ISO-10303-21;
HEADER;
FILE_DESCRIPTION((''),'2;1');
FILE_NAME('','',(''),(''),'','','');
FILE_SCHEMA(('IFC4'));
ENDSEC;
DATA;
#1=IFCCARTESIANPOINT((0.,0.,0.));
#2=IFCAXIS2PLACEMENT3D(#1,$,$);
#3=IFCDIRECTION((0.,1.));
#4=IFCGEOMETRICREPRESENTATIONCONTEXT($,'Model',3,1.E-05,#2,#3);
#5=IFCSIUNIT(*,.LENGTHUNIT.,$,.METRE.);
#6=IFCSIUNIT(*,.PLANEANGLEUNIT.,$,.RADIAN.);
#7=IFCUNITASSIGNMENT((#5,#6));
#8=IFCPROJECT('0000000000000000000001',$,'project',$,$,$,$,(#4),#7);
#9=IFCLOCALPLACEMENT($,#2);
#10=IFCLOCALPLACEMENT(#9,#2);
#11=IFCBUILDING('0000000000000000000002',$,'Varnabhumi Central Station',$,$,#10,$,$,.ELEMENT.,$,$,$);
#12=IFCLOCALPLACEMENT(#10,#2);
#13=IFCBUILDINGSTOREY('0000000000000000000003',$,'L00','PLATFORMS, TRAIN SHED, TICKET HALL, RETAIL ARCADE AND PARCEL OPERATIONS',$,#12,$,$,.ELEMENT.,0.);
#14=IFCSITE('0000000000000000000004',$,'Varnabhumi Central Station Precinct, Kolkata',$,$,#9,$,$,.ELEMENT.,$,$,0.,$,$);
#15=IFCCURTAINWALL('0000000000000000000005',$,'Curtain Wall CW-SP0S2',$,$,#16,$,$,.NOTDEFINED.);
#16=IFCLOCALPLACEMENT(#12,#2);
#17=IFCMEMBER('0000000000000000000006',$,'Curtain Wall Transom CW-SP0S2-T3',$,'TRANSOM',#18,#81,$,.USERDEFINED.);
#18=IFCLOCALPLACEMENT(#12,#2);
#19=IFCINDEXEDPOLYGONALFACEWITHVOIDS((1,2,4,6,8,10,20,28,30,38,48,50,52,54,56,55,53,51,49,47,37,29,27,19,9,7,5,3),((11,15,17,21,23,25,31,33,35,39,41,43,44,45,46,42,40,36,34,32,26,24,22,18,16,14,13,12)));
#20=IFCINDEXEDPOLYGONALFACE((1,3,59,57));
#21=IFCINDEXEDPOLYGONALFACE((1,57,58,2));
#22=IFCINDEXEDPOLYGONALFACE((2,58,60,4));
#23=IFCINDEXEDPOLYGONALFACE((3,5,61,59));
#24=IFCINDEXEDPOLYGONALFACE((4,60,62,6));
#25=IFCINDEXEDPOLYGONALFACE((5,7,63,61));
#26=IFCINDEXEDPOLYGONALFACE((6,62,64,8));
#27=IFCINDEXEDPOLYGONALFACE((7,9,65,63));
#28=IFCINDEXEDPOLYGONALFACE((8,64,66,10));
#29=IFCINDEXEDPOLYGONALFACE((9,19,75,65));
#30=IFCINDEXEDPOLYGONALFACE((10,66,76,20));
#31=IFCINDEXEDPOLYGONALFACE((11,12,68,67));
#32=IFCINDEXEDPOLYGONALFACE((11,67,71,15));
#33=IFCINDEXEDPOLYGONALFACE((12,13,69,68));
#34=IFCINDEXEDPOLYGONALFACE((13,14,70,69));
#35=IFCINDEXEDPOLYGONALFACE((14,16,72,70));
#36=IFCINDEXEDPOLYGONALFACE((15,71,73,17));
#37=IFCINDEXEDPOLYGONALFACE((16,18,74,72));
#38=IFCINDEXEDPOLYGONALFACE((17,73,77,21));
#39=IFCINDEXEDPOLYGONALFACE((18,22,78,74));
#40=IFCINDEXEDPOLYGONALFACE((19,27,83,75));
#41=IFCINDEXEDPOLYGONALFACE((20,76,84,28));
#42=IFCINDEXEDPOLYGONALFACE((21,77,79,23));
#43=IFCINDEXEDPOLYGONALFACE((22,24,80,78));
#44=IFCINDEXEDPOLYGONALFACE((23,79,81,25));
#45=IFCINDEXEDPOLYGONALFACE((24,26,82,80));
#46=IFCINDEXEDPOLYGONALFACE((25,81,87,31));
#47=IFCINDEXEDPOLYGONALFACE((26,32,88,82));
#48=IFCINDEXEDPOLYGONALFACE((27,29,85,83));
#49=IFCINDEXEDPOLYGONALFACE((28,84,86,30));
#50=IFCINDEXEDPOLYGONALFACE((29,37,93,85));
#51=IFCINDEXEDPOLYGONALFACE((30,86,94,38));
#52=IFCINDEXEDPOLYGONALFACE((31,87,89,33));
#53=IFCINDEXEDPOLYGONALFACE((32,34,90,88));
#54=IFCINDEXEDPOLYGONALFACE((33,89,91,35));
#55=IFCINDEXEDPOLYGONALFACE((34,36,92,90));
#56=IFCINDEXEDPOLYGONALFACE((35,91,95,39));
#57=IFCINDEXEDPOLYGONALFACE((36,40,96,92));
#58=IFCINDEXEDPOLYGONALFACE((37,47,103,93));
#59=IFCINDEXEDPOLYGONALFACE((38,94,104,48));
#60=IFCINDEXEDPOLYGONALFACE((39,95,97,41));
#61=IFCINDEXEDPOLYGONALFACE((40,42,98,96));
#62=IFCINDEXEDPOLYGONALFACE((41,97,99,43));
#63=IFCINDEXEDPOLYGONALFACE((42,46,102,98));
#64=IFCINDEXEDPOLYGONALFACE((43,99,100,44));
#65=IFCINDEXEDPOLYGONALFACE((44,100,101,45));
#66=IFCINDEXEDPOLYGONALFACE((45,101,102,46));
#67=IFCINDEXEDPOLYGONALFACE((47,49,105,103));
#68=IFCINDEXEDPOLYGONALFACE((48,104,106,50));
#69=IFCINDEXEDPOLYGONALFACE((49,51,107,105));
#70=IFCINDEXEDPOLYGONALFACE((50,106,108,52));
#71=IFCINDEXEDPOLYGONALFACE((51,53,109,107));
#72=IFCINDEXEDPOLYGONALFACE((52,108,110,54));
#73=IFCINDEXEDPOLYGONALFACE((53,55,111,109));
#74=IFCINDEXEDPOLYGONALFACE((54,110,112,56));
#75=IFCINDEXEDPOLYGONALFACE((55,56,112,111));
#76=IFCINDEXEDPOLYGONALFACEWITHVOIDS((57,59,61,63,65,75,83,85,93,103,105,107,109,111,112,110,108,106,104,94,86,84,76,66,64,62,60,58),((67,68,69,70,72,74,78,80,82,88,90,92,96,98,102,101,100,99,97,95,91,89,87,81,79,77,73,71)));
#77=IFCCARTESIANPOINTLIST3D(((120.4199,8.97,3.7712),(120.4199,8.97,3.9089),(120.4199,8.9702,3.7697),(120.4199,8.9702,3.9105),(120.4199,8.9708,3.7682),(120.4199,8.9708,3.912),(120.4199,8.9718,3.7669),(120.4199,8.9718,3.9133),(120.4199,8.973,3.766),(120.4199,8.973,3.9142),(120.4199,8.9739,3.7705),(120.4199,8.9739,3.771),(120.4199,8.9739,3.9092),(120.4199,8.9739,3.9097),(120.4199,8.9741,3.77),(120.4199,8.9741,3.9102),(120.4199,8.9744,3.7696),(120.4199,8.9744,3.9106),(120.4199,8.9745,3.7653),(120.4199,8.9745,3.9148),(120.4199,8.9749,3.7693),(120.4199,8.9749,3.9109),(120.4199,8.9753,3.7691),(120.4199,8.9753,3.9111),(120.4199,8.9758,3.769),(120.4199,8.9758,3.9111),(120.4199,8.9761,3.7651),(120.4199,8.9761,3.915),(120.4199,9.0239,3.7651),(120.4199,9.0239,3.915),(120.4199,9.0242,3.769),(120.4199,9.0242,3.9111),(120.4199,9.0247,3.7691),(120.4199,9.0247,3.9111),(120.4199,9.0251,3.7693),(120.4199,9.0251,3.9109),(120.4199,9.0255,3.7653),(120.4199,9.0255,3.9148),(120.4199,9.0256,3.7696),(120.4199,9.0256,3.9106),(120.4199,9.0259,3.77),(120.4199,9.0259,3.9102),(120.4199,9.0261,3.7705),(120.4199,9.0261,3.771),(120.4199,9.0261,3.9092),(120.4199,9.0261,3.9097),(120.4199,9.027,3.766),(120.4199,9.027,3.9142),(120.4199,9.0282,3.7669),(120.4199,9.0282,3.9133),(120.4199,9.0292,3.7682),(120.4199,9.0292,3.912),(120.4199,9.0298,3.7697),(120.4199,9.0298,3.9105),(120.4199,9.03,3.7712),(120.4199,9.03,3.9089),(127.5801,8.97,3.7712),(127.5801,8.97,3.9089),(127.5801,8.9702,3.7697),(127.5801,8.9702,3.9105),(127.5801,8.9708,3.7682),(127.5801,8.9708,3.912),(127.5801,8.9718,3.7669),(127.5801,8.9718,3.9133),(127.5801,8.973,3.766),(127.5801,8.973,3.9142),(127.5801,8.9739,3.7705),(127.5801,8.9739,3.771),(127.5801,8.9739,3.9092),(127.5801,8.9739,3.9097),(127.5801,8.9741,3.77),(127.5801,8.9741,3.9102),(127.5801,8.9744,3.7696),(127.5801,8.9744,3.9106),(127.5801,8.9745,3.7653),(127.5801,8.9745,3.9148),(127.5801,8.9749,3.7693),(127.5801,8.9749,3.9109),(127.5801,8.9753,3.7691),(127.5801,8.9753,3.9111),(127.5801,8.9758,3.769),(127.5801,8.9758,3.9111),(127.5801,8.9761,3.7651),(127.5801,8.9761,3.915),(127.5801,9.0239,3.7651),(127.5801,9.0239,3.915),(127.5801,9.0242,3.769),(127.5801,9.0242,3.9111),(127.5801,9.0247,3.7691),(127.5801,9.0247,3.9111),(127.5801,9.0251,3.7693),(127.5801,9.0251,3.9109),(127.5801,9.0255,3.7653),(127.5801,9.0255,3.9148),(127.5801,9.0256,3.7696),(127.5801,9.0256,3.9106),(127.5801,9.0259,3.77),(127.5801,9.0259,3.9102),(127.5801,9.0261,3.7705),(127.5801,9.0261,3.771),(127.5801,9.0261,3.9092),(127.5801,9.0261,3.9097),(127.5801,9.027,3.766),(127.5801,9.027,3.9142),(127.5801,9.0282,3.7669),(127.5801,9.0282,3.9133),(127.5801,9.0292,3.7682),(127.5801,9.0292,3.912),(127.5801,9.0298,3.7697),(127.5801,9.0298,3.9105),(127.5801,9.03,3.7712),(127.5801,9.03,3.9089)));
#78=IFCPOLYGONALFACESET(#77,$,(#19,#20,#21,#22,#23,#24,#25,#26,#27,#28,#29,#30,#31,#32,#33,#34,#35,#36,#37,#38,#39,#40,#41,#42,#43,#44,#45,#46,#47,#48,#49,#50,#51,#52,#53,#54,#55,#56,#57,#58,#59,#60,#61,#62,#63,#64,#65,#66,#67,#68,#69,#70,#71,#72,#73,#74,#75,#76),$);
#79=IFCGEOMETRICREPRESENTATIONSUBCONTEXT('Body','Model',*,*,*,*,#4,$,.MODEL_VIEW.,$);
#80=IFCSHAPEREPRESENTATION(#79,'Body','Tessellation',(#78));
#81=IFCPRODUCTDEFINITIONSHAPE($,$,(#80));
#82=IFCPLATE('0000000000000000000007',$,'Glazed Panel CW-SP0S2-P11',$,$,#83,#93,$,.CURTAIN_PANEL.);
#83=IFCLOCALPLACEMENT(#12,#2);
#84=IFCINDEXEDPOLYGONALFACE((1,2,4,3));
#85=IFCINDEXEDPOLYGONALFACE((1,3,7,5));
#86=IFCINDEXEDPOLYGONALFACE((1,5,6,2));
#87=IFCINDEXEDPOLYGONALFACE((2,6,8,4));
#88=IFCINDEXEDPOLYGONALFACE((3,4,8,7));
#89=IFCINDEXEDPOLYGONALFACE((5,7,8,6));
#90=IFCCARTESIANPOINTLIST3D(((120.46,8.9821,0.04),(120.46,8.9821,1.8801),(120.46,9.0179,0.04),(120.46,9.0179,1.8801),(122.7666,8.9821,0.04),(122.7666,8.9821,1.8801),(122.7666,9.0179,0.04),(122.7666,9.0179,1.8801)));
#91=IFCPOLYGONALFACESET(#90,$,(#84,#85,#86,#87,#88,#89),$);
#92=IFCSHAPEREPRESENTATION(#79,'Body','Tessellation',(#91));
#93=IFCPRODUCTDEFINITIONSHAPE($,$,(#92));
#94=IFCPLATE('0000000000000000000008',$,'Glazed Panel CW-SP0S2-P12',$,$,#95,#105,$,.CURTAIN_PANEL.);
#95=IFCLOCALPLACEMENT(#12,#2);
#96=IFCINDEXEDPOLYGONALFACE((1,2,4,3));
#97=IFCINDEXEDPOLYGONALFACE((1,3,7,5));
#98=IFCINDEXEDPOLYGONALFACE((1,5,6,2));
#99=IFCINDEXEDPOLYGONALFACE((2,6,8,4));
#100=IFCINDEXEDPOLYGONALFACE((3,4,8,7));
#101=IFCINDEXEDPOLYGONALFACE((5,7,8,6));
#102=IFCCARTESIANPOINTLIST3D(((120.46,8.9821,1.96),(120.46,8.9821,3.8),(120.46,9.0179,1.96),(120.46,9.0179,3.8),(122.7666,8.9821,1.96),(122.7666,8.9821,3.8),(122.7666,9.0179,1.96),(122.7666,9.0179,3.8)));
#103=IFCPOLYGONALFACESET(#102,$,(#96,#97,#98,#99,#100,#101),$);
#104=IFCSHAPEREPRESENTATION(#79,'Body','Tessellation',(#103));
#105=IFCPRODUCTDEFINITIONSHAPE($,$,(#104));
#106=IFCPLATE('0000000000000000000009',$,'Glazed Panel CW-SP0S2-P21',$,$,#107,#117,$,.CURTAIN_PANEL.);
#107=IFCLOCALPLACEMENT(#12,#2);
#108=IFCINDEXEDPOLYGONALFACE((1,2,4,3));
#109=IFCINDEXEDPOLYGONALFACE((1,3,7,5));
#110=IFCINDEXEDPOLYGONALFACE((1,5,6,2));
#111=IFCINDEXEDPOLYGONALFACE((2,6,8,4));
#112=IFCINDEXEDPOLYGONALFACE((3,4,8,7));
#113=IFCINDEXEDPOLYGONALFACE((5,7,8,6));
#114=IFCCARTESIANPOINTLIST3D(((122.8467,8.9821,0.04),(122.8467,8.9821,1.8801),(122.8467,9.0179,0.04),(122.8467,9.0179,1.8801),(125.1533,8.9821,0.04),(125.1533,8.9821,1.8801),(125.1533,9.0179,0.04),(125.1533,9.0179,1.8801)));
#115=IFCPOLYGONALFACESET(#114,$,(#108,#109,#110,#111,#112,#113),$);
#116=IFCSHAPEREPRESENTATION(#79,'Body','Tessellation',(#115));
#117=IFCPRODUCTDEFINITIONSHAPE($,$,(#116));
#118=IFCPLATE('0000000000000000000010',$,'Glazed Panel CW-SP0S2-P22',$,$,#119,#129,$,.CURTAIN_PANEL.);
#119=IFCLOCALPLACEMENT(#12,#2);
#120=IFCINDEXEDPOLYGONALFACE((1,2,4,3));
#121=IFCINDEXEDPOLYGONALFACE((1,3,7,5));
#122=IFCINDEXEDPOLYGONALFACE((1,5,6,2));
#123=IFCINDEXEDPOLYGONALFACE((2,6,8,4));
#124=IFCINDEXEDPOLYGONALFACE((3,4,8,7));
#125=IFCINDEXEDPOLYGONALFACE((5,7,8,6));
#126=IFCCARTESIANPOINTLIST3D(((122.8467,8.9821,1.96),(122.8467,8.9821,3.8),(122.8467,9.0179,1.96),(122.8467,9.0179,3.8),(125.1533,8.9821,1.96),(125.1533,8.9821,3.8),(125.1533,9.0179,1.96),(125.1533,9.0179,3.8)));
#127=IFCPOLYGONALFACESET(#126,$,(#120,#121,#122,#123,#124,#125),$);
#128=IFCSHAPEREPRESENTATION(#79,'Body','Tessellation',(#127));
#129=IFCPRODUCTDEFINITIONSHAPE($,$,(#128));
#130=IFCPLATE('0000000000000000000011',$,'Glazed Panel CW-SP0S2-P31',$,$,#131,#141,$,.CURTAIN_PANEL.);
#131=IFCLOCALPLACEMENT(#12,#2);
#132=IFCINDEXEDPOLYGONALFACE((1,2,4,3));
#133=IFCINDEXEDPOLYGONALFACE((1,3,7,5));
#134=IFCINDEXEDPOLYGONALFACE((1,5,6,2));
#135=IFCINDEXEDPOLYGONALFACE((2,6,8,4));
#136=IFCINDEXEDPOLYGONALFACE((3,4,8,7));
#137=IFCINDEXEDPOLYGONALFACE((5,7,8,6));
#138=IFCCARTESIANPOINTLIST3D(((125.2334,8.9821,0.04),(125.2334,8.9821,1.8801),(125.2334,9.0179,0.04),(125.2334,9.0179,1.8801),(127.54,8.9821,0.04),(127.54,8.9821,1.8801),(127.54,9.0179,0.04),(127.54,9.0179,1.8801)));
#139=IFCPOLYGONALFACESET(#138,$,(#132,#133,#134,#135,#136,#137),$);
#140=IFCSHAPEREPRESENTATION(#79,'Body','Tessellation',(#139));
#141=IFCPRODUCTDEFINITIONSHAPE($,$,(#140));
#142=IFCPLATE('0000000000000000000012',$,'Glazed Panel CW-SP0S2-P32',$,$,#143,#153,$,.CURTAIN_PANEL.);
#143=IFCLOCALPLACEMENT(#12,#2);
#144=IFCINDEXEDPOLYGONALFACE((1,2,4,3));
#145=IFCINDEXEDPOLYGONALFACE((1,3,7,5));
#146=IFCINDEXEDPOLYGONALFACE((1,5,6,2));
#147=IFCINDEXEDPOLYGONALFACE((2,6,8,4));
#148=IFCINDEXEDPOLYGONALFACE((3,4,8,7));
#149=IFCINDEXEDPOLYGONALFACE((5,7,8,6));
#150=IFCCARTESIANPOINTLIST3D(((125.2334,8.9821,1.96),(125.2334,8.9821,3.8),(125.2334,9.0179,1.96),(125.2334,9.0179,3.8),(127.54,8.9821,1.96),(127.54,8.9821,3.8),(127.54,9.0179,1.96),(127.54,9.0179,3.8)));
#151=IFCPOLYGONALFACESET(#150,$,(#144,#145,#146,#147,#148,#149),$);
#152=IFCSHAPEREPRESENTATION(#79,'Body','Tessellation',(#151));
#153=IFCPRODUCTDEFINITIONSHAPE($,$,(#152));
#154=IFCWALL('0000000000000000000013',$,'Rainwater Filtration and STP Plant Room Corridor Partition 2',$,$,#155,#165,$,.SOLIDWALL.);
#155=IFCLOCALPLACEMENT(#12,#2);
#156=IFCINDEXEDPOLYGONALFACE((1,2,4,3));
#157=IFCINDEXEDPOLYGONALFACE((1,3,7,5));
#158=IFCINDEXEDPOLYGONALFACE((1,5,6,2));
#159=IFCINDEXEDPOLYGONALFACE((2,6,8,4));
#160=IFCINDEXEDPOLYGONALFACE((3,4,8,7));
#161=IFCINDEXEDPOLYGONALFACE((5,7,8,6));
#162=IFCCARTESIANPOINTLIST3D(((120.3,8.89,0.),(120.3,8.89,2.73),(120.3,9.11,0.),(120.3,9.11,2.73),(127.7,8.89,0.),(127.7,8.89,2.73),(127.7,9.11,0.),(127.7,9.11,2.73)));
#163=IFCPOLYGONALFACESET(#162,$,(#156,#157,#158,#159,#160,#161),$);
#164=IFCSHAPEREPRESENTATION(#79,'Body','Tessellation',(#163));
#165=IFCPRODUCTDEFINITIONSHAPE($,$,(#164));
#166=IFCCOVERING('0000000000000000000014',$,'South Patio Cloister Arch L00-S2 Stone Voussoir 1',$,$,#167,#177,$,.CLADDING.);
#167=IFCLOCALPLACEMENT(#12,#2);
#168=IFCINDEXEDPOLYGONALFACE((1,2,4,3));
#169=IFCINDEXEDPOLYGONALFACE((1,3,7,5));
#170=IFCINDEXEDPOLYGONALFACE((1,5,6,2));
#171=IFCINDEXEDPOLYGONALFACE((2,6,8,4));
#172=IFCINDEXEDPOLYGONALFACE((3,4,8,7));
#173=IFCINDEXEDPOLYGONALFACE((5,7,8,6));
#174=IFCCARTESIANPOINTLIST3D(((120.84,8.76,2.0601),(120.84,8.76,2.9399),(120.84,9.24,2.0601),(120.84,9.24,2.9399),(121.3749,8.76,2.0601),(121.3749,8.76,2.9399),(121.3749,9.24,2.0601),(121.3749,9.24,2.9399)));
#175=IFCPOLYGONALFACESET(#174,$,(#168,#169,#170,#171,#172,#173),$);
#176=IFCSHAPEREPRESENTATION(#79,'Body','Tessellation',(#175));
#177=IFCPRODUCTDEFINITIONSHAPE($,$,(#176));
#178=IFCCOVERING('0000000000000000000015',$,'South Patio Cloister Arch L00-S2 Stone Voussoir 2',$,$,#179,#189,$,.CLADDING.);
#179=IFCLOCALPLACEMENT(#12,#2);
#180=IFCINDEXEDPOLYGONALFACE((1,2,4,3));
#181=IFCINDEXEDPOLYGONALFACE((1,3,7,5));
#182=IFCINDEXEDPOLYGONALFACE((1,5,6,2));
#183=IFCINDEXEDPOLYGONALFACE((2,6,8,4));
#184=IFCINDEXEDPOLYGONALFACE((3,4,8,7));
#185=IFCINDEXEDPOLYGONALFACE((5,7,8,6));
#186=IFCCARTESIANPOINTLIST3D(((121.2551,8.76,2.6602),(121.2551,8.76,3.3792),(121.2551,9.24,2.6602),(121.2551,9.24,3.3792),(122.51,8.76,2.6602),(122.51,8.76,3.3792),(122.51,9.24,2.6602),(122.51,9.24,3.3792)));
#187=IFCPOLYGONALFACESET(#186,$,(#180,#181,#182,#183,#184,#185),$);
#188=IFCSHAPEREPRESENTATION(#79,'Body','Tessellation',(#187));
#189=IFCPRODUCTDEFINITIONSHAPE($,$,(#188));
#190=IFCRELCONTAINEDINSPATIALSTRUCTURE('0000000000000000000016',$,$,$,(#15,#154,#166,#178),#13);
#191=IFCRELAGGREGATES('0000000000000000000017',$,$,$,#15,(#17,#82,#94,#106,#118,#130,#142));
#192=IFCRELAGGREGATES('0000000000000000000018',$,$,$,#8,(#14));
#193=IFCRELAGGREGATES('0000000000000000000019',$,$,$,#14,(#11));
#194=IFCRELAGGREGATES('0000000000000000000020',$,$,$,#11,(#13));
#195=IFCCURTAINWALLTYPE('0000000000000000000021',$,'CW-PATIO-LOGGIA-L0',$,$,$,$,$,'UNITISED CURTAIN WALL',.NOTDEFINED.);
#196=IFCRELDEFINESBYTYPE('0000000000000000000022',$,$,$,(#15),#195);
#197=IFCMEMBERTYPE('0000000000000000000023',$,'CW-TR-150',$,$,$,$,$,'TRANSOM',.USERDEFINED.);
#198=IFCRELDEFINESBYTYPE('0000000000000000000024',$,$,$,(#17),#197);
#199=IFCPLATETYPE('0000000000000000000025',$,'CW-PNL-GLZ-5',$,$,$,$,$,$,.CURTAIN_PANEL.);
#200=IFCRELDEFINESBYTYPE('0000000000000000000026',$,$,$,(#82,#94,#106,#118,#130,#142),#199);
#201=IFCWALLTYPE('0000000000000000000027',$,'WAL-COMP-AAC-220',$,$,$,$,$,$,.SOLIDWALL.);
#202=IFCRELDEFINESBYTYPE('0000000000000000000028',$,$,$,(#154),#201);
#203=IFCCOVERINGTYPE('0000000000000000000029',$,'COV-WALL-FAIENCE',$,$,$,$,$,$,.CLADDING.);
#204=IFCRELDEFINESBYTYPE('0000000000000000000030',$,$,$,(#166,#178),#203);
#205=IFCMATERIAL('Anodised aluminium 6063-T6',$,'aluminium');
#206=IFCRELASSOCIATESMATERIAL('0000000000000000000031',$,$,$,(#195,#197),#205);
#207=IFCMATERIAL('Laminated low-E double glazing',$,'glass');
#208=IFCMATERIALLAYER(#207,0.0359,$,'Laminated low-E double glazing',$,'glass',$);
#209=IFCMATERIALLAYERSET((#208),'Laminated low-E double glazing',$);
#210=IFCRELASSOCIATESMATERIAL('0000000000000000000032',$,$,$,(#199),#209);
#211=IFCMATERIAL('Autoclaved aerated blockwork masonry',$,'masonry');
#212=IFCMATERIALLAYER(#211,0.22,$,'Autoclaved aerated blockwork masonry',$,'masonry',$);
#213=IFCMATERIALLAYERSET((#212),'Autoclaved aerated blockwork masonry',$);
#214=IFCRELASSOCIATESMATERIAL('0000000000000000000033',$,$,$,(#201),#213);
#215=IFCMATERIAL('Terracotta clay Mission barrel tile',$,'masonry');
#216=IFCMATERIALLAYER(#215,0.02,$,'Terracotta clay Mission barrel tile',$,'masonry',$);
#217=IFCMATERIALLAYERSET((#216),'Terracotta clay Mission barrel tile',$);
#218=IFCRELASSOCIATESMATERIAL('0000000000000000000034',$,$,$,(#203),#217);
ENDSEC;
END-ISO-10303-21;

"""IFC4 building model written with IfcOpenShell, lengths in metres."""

from ifc_helpers import new_model, si_unit, direction, frame, frame_2d, origin, origin_2d, place, context, subcontext, project, spatial, rectangle, hollow_rectangle, extrude, material, layer, layer_set, material_profile, profile_set, type_object, element, aggregate, save


model = new_model("IFC4")

# Units and contexts
model_context = context("Model", 3, precision=1e-05, world=origin(), true_north=direction((0.0, 1.0)))
body_context = subcontext(model_context, "Body", "Model", "MODEL_VIEW")
ifc_project = project(units=[si_unit("LENGTHUNIT", "METRE"), si_unit("PLANEANGLEUNIT", "RADIAN")], contexts=[model_context])

# Site, building, storey
site_placement = place(None, origin())
site = spatial("IfcSite", under=ifc_project, at=site_placement, Name="Varnabhumi Central Station Precinct, Kolkata", CompositionType="ELEMENT", RefElevation=0.0)
building_placement = place(site_placement, origin())
building = spatial("IfcBuilding", under=site, at=building_placement, Name="Varnabhumi Central Station", CompositionType="ELEMENT")
storey_placement = place(building_placement, origin())
storey = spatial("IfcBuildingStorey", under=building, at=storey_placement, Name="L00", Description="PLATFORMS, TRAIN SHED, TICKET HALL, RETAIL ARCADE AND PARCEL OPERATIONS", CompositionType="ELEMENT", Elevation=0.0)

# Curtain wall, member, plates
ifc_material_1 = material(Name="Anodised aluminium 6063-T6", Category="aluminium")
curtain_wall_type = type_object("IfcCurtainWallType", Name="CW-PATIO-LOGGIA-L0", ElementType="UNITISED CURTAIN WALL", PredefinedType="NOTDEFINED", material=ifc_material_1)
curtain_wall_placement = place(storey_placement, origin())
curtain_wall = element("IfcCurtainWall", 1, at=curtain_wall_placement, inside=storey, type_object=curtain_wall_type, Name="Curtain Wall CW-SP0S2", PredefinedType="NOTDEFINED")
ifc_material_profile_1 = material_profile(ifc_material_1, hollow_rectangle(XDim=0.0601, YDim=0.1499, WallThickness=0.0039, InnerFilletRadius=0.002, OuterFilletRadius=0.0061, at=origin_2d()), Name="Anodised aluminium 6063-T6", Category="aluminium")
ifc_profile_set_1 = profile_set([ifc_material_profile_1], Name="Anodised aluminium 6063-T6")
member_type_1 = type_object("IfcMemberType", Name="CW-TR-150", ElementType="TRANSOM", PredefinedType="USERDEFINED", material=ifc_profile_set_1)
member_1_placement = place(storey_placement, frame((120.4199, 9.0, 3.8401), z_axis=(1.0, 0.0, 0.0), x_axis=(0.0, 1.0, 0.0)))
member_1 = element("IfcMember", 2, at=member_1_placement, type_object=member_type_1, Name="Curtain Wall Transom CW-SP0S2-T3", ObjectType="TRANSOM", PredefinedType="USERDEFINED", context=body_context, shape_type="SweptSolid", body=[
    extrude(hollow_rectangle(XDim=0.0601, YDim=0.1499, WallThickness=0.0039, InnerFilletRadius=0.002, OuterFilletRadius=0.0061, at=origin_2d()), origin(), (0.0, 0.0, 1.0), 7.1602),
])
ifc_material_2 = material(Name="Laminated low-E double glazing", Category="glass")
ifc_layer_1 = layer(ifc_material_2, 0.0359, Name="Laminated low-E double glazing", Category="glass")
ifc_layer_set_1 = layer_set([ifc_layer_1], Name="Laminated low-E double glazing")
plate_type = type_object("IfcPlateType", Name="CW-PNL-GLZ-5", PredefinedType="CURTAIN_PANEL", material=ifc_layer_set_1)
plate_1_placement = place(storey_placement, frame((121.6133, 9.0, 0.04), z_axis=(0.0, 0.0, 1.0), x_axis=(1.0, 0.0, 0.0)))
plate_1 = element("IfcPlate", 3, at=plate_1_placement, type_object=plate_type, Name="Glazed Panel CW-SP0S2-P11", PredefinedType="CURTAIN_PANEL", context=body_context, shape_type="SweptSolid", body=[
    extrude(rectangle(XDim=2.3066, YDim=0.0359, at=origin_2d()), origin(), (0.0, 0.0, 1.0), 1.8401),
])
plate_2_placement = place(storey_placement, frame((121.6133, 9.0, 1.96), z_axis=(0.0, 0.0, 1.0), x_axis=(1.0, 0.0, 0.0)))
plate_2 = element("IfcPlate", 4, at=plate_2_placement, type_object=plate_type, Name="Glazed Panel CW-SP0S2-P12", PredefinedType="CURTAIN_PANEL", context=body_context, shape_type="SweptSolid", body=[
    extrude(rectangle(XDim=2.3066, YDim=0.0359, at=origin_2d()), origin(), (0.0, 0.0, 1.0), 1.8401),
])
plate_3_placement = place(storey_placement, frame((124.0, 9.0, 0.04), z_axis=(0.0, 0.0, 1.0), x_axis=(1.0, 0.0, 0.0)))
plate_3 = element("IfcPlate", 5, at=plate_3_placement, type_object=plate_type, Name="Glazed Panel CW-SP0S2-P21", PredefinedType="CURTAIN_PANEL", context=body_context, shape_type="SweptSolid", body=[
    extrude(rectangle(XDim=2.3066, YDim=0.0359, at=origin_2d()), origin(), (0.0, 0.0, 1.0), 1.8401),
])
plate_4_placement = place(storey_placement, frame((124.0, 9.0, 1.96), z_axis=(0.0, 0.0, 1.0), x_axis=(1.0, 0.0, 0.0)))
plate_4 = element("IfcPlate", 6, at=plate_4_placement, type_object=plate_type, Name="Glazed Panel CW-SP0S2-P22", PredefinedType="CURTAIN_PANEL", context=body_context, shape_type="SweptSolid", body=[
    extrude(rectangle(XDim=2.3066, YDim=0.0359, at=origin_2d()), origin(), (0.0, 0.0, 1.0), 1.8401),
])
plate_5_placement = place(storey_placement, frame((126.3867, 9.0, 0.04), z_axis=(0.0, 0.0, 1.0), x_axis=(1.0, 0.0, 0.0)))
plate_5 = element("IfcPlate", 7, at=plate_5_placement, type_object=plate_type, Name="Glazed Panel CW-SP0S2-P31", PredefinedType="CURTAIN_PANEL", context=body_context, shape_type="SweptSolid", body=[
    extrude(rectangle(XDim=2.3066, YDim=0.0359, at=origin_2d()), origin(), (0.0, 0.0, 1.0), 1.8401),
])
plate_6_placement = place(storey_placement, frame((126.3867, 9.0, 1.96), z_axis=(0.0, 0.0, 1.0), x_axis=(1.0, 0.0, 0.0)))
plate_6 = element("IfcPlate", 8, at=plate_6_placement, type_object=plate_type, Name="Glazed Panel CW-SP0S2-P32", PredefinedType="CURTAIN_PANEL", context=body_context, shape_type="SweptSolid", body=[
    extrude(rectangle(XDim=2.3066, YDim=0.0359, at=origin_2d()), origin(), (0.0, 0.0, 1.0), 1.8401),
])
aggregate(curtain_wall, [member_1, plate_1, plate_2, plate_3, plate_4, plate_5, plate_6])

# Wall
ifc_material_3 = material(Name="Autoclaved aerated blockwork masonry", Category="masonry")
ifc_layer_2 = layer(ifc_material_3, 0.22, Name="Autoclaved aerated blockwork masonry", Category="masonry")
ifc_layer_set_2 = layer_set([ifc_layer_2], Name="Autoclaved aerated blockwork masonry")
wall_type = type_object("IfcWallType", Name="WAL-COMP-AAC-220", PredefinedType="SOLIDWALL", material=ifc_layer_set_2)
wall_placement = place(storey_placement, frame((120.3, 9.0, 0.0), z_axis=(0.0, 0.0, 1.0), x_axis=(1.0, 0.0, 0.0)))
element("IfcWall", 9, at=wall_placement, inside=storey, type_object=wall_type, Name="Rainwater Filtration and STP Plant Room Corridor Partition 2", PredefinedType="SOLIDWALL", context=body_context, shape_type="SweptSolid", body=[
    extrude(rectangle(XDim=7.3999, YDim=0.22, at=frame_2d((3.7, 0.0))), origin(), (0.0, 0.0, 1.0), 2.73),
])

# Coverings
ifc_material_4 = material(Name="Terracotta clay Mission barrel tile", Category="masonry")
ifc_layer_3 = layer(ifc_material_4, 0.02, Name="Terracotta clay Mission barrel tile", Category="masonry")
ifc_layer_set_3 = layer_set([ifc_layer_3], Name="Terracotta clay Mission barrel tile")
covering_type = type_object("IfcCoveringType", Name="COV-WALL-FAIENCE", PredefinedType="CLADDING", material=ifc_layer_set_3)
covering_1_placement = place(storey_placement, frame((121.1074, 9.0, 2.0601), z_axis=(0.0, 0.0, 1.0), x_axis=(1.0, 0.0, 0.0)))
element("IfcCovering", 10, at=covering_1_placement, inside=storey, type_object=covering_type, Name="South Patio Cloister Arch L00-S2 Stone Voussoir 1", PredefinedType="CLADDING", context=body_context, shape_type="SweptSolid", body=[
    extrude(rectangle(XDim=0.5349, YDim=0.48, at=origin_2d()), origin(), (0.0, 0.0, 1.0), 0.8799),
])
covering_2_placement = place(storey_placement, frame((121.8826, 9.0, 2.6602), z_axis=(0.0, 0.0, 1.0), x_axis=(1.0, 0.0, 0.0)))
element("IfcCovering", 11, at=covering_2_placement, inside=storey, type_object=covering_type, Name="South Patio Cloister Arch L00-S2 Stone Voussoir 2", PredefinedType="CLADDING", context=body_context, shape_type="SweptSolid", body=[
    extrude(rectangle(XDim=1.2549, YDim=0.48, at=origin_2d()), origin(), (0.0, 0.0, 1.0), 0.719),
])

save(model, "model.ifc")
